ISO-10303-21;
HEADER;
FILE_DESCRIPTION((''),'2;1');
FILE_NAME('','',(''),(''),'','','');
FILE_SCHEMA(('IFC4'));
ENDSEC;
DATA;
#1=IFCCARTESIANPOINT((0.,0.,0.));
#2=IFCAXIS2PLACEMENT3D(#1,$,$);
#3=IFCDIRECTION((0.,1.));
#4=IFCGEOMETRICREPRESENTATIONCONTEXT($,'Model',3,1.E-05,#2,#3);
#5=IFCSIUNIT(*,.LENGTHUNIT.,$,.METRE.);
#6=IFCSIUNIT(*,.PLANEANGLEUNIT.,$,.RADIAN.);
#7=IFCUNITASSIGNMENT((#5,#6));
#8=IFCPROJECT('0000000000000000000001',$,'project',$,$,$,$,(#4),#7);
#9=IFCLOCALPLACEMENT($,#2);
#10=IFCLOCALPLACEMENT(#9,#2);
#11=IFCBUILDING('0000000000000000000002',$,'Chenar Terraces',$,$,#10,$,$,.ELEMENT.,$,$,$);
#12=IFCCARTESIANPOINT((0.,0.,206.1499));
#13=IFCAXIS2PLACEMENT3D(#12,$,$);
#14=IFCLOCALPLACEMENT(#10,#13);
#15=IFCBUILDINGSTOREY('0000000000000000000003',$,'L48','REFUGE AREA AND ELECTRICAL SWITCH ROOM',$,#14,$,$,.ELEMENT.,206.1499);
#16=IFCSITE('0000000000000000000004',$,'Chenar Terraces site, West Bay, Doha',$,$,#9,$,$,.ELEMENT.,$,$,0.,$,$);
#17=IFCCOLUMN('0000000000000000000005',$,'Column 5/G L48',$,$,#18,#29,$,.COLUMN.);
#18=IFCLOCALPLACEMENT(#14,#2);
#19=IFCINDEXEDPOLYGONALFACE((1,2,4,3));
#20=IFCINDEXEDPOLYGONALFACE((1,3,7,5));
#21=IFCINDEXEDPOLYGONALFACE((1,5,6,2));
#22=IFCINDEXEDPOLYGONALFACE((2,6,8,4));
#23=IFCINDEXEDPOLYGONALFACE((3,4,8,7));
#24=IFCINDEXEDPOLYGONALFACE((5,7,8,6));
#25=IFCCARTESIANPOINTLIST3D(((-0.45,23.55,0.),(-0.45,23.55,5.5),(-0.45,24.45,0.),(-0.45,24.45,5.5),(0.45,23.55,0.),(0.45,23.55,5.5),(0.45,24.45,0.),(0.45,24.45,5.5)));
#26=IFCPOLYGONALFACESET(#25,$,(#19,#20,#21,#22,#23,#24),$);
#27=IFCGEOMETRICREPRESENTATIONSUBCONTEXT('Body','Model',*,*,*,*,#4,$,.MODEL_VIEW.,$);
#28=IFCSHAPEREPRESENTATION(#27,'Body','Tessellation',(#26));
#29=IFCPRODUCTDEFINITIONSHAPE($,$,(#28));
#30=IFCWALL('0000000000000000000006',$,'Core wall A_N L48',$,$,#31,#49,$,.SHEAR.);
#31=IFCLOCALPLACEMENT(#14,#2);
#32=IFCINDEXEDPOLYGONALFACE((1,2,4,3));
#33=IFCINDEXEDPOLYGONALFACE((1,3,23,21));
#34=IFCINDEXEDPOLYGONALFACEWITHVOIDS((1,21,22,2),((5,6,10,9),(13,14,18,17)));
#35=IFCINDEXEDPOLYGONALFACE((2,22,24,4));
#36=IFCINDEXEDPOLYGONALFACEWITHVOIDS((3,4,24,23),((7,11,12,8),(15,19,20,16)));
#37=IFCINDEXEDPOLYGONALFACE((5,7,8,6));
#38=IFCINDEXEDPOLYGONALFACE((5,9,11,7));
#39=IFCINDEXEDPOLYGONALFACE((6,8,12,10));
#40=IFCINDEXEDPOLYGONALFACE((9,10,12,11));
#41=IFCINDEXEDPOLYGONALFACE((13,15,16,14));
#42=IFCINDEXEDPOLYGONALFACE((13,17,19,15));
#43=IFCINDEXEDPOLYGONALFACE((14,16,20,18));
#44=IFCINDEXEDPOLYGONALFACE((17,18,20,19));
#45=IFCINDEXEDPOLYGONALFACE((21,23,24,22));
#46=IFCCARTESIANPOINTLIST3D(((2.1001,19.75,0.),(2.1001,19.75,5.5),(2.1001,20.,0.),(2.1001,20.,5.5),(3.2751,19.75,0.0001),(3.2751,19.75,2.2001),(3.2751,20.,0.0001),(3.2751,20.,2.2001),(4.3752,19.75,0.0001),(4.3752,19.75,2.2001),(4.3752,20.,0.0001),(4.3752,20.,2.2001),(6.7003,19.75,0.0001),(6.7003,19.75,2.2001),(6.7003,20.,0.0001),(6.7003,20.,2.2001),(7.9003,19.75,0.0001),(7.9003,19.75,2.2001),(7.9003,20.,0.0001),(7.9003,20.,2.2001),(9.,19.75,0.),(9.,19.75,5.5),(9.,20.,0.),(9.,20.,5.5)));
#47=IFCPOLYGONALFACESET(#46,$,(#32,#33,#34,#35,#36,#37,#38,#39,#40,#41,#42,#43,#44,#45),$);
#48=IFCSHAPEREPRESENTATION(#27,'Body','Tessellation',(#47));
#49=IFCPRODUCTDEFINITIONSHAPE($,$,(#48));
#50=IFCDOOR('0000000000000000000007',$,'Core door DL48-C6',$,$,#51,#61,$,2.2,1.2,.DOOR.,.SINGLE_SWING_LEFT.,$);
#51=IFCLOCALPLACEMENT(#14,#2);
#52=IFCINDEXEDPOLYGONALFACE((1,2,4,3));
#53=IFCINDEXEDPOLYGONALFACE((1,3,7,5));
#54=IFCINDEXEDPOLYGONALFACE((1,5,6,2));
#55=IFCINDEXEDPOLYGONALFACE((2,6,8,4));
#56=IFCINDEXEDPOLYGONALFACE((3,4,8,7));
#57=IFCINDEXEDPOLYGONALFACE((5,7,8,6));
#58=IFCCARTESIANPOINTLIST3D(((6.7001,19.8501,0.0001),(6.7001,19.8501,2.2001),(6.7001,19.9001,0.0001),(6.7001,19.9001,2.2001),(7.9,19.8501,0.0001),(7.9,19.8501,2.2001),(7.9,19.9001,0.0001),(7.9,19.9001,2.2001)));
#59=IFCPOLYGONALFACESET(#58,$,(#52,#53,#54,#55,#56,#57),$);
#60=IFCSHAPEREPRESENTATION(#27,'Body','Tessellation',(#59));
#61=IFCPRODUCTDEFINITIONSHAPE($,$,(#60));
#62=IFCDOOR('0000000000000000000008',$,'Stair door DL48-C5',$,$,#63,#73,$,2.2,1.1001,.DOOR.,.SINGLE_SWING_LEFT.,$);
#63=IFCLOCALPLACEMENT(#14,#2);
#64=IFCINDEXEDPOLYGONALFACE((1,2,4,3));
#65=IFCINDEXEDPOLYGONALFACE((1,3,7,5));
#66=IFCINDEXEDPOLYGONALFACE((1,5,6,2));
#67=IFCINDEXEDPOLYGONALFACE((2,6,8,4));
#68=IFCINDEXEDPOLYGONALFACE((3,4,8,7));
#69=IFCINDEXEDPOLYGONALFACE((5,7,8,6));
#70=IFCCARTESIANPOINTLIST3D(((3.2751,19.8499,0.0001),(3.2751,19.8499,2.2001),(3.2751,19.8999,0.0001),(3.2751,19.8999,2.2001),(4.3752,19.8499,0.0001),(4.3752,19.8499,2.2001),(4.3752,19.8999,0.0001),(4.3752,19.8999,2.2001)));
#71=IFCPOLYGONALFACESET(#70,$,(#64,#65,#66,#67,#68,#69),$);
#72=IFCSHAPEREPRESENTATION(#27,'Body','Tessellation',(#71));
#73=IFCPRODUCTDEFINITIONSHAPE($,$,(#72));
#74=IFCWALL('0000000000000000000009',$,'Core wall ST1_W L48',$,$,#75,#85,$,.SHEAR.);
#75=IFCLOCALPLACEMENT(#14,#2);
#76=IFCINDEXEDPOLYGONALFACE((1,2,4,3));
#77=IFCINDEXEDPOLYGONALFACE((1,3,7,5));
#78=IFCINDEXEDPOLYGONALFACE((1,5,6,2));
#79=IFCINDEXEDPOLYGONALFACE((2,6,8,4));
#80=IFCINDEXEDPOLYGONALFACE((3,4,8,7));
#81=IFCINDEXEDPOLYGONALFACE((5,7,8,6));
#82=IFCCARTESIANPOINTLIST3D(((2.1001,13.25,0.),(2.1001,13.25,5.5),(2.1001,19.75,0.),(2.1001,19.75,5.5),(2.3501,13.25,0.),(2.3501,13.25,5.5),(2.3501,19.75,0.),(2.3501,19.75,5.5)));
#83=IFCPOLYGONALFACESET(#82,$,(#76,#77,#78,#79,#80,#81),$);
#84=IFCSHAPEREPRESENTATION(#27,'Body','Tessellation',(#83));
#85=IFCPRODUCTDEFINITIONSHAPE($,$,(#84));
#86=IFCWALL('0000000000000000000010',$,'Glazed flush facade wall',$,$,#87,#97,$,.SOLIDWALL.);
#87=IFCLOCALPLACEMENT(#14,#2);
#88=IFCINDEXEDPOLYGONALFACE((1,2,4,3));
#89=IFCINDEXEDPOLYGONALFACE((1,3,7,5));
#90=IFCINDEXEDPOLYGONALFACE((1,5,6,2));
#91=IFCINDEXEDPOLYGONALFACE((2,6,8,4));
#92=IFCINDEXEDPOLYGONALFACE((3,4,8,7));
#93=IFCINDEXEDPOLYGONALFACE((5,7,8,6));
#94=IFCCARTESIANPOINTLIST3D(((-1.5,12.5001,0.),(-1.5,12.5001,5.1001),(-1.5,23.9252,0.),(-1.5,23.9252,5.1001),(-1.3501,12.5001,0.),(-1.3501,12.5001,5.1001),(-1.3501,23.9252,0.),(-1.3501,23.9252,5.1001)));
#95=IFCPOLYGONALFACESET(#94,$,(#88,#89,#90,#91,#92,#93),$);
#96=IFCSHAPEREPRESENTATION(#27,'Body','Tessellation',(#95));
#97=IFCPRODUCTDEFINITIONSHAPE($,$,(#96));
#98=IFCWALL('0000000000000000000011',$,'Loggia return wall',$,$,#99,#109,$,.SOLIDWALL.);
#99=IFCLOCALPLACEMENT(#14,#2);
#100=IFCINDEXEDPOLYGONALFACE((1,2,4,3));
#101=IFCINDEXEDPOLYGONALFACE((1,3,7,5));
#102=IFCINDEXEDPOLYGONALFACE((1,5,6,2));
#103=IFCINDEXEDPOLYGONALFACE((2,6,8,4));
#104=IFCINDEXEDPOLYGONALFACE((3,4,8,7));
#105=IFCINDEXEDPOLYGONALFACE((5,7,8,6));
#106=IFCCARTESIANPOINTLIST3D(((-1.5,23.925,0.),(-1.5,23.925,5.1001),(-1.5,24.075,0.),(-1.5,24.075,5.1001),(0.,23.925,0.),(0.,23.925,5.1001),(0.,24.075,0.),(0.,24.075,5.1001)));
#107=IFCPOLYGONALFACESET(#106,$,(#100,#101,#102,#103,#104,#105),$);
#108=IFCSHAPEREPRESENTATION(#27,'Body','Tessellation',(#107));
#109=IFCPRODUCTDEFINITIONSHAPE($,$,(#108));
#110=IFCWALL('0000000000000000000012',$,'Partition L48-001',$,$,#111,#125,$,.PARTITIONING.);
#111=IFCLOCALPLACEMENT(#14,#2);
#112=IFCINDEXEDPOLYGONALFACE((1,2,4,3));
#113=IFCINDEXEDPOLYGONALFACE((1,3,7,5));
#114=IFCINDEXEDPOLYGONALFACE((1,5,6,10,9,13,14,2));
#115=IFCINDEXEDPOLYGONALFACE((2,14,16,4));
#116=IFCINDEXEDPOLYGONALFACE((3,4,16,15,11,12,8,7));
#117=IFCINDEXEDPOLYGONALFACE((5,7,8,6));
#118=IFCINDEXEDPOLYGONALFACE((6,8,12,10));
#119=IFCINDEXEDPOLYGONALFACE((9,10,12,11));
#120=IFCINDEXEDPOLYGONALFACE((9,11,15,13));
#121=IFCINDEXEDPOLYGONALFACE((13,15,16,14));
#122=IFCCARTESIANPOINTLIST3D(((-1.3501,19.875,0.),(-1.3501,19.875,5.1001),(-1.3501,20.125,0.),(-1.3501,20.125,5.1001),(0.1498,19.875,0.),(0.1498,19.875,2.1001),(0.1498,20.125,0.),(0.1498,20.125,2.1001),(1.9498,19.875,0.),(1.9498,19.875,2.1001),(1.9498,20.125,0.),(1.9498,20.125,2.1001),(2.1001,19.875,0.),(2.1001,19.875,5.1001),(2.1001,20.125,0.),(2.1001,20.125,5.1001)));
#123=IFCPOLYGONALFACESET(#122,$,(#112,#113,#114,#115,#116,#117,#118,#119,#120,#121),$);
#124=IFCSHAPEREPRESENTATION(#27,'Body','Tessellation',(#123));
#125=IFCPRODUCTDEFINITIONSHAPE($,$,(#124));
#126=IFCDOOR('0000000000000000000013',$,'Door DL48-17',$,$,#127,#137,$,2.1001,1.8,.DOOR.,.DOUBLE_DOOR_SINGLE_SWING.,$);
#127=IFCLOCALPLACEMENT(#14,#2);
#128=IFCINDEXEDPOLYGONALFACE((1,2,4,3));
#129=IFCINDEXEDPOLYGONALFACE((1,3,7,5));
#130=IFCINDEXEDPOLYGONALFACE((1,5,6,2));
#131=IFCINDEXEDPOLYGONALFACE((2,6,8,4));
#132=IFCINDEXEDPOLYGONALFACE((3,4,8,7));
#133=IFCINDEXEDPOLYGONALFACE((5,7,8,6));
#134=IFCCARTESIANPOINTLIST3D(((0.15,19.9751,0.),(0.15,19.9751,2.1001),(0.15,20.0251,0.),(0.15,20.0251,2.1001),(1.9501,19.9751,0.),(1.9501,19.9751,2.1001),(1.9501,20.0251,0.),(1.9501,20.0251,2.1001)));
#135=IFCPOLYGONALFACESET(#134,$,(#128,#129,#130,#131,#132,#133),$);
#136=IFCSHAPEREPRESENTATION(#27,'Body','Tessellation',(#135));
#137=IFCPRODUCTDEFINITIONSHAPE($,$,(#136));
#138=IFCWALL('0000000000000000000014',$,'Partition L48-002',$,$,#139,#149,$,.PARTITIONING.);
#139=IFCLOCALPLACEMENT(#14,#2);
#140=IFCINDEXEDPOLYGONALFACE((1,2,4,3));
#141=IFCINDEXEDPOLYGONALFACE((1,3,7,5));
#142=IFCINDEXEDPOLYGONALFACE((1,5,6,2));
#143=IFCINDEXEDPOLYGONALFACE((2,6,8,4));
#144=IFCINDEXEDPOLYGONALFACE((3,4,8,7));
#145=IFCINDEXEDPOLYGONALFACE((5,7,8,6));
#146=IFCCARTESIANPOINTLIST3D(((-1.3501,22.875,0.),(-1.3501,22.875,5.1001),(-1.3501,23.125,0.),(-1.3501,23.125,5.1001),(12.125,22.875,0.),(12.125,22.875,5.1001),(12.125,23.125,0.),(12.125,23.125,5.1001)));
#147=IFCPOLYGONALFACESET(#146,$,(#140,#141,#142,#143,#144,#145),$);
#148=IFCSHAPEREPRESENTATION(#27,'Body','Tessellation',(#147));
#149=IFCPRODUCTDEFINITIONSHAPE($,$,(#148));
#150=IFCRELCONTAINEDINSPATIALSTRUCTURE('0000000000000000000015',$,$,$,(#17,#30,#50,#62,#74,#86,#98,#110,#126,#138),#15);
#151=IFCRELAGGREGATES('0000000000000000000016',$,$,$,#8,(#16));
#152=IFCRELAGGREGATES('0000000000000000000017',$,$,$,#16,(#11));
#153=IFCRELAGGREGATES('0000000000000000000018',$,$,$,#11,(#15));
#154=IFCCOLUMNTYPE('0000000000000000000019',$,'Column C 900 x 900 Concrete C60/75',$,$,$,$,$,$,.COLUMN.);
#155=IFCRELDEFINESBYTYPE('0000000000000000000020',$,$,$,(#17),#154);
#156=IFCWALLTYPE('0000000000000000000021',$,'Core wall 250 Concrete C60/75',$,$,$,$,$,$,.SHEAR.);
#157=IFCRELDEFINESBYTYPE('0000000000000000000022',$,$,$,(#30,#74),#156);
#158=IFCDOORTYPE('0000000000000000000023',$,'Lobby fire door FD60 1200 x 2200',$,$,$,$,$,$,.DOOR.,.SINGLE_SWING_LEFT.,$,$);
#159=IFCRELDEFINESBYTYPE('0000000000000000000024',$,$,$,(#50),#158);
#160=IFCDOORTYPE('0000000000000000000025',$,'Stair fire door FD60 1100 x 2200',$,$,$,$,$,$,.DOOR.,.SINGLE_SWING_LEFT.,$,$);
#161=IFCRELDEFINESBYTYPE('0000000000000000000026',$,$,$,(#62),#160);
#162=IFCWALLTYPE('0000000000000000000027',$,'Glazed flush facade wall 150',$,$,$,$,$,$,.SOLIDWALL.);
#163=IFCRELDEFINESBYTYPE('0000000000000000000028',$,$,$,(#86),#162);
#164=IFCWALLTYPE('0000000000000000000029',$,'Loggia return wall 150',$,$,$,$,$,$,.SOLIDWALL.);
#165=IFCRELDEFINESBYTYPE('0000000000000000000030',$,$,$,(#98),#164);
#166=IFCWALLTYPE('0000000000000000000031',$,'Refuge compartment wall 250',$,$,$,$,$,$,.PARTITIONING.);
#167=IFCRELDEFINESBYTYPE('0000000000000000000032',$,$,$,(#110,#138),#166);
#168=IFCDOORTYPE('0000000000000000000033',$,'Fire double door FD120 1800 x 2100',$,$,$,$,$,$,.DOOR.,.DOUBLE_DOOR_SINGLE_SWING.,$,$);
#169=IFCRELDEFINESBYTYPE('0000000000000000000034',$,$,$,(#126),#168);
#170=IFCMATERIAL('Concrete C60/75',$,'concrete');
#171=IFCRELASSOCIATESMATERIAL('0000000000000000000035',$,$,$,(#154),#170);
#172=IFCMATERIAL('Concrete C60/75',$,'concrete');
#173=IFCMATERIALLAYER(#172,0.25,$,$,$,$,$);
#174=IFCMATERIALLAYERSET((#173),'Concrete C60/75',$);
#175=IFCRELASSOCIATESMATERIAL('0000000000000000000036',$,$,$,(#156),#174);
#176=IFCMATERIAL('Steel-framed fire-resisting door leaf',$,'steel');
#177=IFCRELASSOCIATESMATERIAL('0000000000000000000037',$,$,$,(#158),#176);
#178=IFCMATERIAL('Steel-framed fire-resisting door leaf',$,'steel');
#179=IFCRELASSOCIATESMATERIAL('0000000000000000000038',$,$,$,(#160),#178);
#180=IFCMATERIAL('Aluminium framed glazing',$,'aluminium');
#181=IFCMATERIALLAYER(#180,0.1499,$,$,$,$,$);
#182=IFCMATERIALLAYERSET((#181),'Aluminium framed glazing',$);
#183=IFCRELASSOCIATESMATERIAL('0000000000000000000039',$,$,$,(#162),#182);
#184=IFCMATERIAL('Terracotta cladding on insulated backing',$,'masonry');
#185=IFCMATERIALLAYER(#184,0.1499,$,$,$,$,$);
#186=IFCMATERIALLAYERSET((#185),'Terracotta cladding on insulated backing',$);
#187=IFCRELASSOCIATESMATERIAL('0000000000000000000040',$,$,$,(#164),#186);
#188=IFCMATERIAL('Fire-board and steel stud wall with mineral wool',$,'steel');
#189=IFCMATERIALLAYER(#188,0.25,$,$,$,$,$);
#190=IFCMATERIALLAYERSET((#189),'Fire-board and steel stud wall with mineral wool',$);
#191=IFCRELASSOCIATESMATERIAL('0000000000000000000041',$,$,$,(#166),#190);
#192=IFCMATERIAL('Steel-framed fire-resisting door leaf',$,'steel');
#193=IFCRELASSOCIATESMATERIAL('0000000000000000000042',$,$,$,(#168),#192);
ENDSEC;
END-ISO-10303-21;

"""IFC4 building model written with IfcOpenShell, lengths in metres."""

from ifc_helpers import new_model, si_unit, direction, frame, frame_2d, origin, origin_2d, place, context, subcontext, project, spatial, rectangle, extrude, material, layer, layer_set, material_profile, profile_set, type_object, element, fill, save


model = new_model("IFC4")

# Units and contexts
model_context = context("Model", 3, precision=1e-05, world=origin(), true_north=direction((0.0, 1.0)))
body_context = subcontext(model_context, "Body", "Model", "MODEL_VIEW")
ifc_project = project(units=[si_unit("LENGTHUNIT", "METRE"), si_unit("PLANEANGLEUNIT", "RADIAN")], contexts=[model_context])

# Site, building, storey
site_placement = place(None, origin())
site = spatial("IfcSite", under=ifc_project, at=site_placement, Name="Chenar Terraces site, West Bay, Doha", CompositionType="ELEMENT", RefElevation=0.0)
building_placement = place(site_placement, origin())
building = spatial("IfcBuilding", under=site, at=building_placement, Name="Chenar Terraces", CompositionType="ELEMENT")
storey_placement = place(building_placement, frame((0.0, 0.0, 206.1499)))
storey = spatial("IfcBuildingStorey", under=building, at=storey_placement, Name="L48", Description="REFUGE AREA AND ELECTRICAL SWITCH ROOM", CompositionType="ELEMENT", Elevation=206.1499)

# Column
ifc_material_1 = material(Name="Concrete C60/75", Category="concrete")
ifc_material_profile_1 = material_profile(ifc_material_1, rectangle(XDim=0.8999, YDim=0.8999, at=origin_2d()), Name="C 900 x 900")
ifc_profile_set_1 = profile_set([ifc_material_profile_1], Name="Concrete C60/75")
column_type = type_object("IfcColumnType", Name="Column C 900 x 900 Concrete C60/75", PredefinedType="COLUMN", material=ifc_profile_set_1)
column_placement = place(storey_placement, frame((0.0, 24.0, 0.0), z_axis=(0.0, 0.0, 1.0), x_axis=(1.0, 0.0, 0.0)))
element("IfcColumn", 1, at=column_placement, inside=storey, type_object=column_type, Name="Column 5/G L48", PredefinedType="COLUMN", context=body_context, shape_type="SweptSolid", body=[
    extrude(rectangle(XDim=0.8999, YDim=0.8999, at=origin_2d()), origin(), (0.0, 0.0, 1.0), 5.5),
])

# Wall, openings, doors
ifc_material_2 = material(Name="Concrete C60/75", Category="concrete")
ifc_layer_1 = layer(ifc_material_2, 0.25)
ifc_layer_set_1 = layer_set([ifc_layer_1], Name="Concrete C60/75")
wall_type_1 = type_object("IfcWallType", Name="Core wall 250 Concrete C60/75", PredefinedType="SHEAR", material=ifc_layer_set_1)
wall_1_placement = place(storey_placement, frame((2.1001, 19.875, 0.0), z_axis=(0.0, 0.0, 1.0), x_axis=(1.0, 0.0, 0.0)))
wall_1 = element("IfcWall", 2, at=wall_1_placement, inside=storey, type_object=wall_type_1, Name="Core wall A_N L48", PredefinedType="SHEAR", context=body_context, shape_type="SweptSolid", body=[
    extrude(rectangle(XDim=6.8999, YDim=0.25, at=frame_2d((3.45, 0.0))), origin(), (0.0, 0.0, 1.0), 5.5),
])
opening_1_placement = place(wall_1_placement, frame((1.175, 0.0, 0.0)))
opening_1 = element("IfcOpeningElement", 3, at=opening_1_placement, cuts=wall_1, PredefinedType="OPENING", context=body_context, shape_type="SweptSolid", body=[
    extrude(rectangle(XDim=1.1001, YDim=2.2, at=frame_2d((0.55, 1.1001))), frame((0.0, 0.135, 0.0), z_axis=(0.0, -1.0, 0.0), x_axis=(1.0, 0.0, 0.0)), (0.0, 0.0, 1.0), 0.27),
])
opening_2_placement = place(wall_1_placement, frame((4.6001, 0.0, 0.0)))
opening_2 = element("IfcOpeningElement", 4, at=opening_2_placement, cuts=wall_1, PredefinedType="OPENING", context=body_context, shape_type="SweptSolid", body=[
    extrude(rectangle(XDim=1.2, YDim=2.2, at=frame_2d((0.6001, 1.1001))), frame((0.0, 0.135, 0.0), z_axis=(0.0, -1.0, 0.0), x_axis=(1.0, 0.0, 0.0)), (0.0, 0.0, 1.0), 0.27),
])
ifc_material_3 = material(Name="Steel-framed fire-resisting door leaf", Category="steel")
door_type_1 = type_object("IfcDoorType", Name="Lobby fire door FD60 1200 x 2200", OperationType="SINGLE_SWING_LEFT", PredefinedType="DOOR", material=ifc_material_3)
door_1_placement = place(opening_2_placement, frame((1.2, 0.0, 0.0), z_axis=(0.0, 0.0, 1.0), x_axis=(-1.0, 0.0, 0.0)))
door_1 = element("IfcDoor", 5, at=door_1_placement, inside=storey, type_object=door_type_1, Name="Core door DL48-C6", OperationType="SINGLE_SWING_LEFT", OverallHeight=2.2, OverallWidth=1.2, PredefinedType="DOOR", context=body_context, shape_type="SweptSolid", body=[
    extrude(rectangle(XDim=1.2, YDim=2.2, at=frame_2d((0.6001, 1.1001))), frame((0.0, 0.0249, 0.0), z_axis=(0.0, -1.0, 0.0), x_axis=(1.0, 0.0, 0.0)), (0.0, 0.0, 1.0), 0.05),
])
fill(opening_2, door_1)
ifc_material_4 = material(Name="Steel-framed fire-resisting door leaf", Category="steel")
door_type_2 = type_object("IfcDoorType", Name="Stair fire door FD60 1100 x 2200", OperationType="SINGLE_SWING_LEFT", PredefinedType="DOOR", material=ifc_material_4)
door_2_placement = place(opening_1_placement, origin())
door_2 = element("IfcDoor", 6, at=door_2_placement, inside=storey, type_object=door_type_2, Name="Stair door DL48-C5", OperationType="SINGLE_SWING_LEFT", OverallHeight=2.2, OverallWidth=1.1001, PredefinedType="DOOR", context=body_context, shape_type="SweptSolid", body=[
    extrude(rectangle(XDim=1.1001, YDim=2.2, at=frame_2d((0.55, 1.1001))), frame((0.0, 0.0249, 0.0), z_axis=(0.0, -1.0, 0.0), x_axis=(1.0, 0.0, 0.0)), (0.0, 0.0, 1.0), 0.05),
])
fill(opening_1, door_2)

# Walls
wall_2_placement = place(storey_placement, frame((2.2251, 13.25, 0.0), z_axis=(0.0, 0.0, 1.0), x_axis=(0.0, 1.0, 0.0)))
element("IfcWall", 7, at=wall_2_placement, inside=storey, type_object=wall_type_1, Name="Core wall ST1_W L48", PredefinedType="SHEAR", context=body_context, shape_type="SweptSolid", body=[
    extrude(rectangle(XDim=6.5, YDim=0.25, at=frame_2d((3.25, 0.0))), origin(), (0.0, 0.0, 1.0), 5.5),
])
ifc_material_5 = material(Name="Aluminium framed glazing", Category="aluminium")
ifc_layer_2 = layer(ifc_material_5, 0.1499)
ifc_layer_set_2 = layer_set([ifc_layer_2], Name="Aluminium framed glazing")
wall_type_2 = type_object("IfcWallType", Name="Glazed flush facade wall 150", PredefinedType="SOLIDWALL", material=ifc_layer_set_2)
wall_3_placement = place(storey_placement, frame((-1.425, 23.925, 0.0), z_axis=(0.0, 0.0, 1.0), x_axis=(0.0, -1.0, 0.0)))
element("IfcWall", 8, at=wall_3_placement, inside=storey, type_object=wall_type_2, Name="Glazed flush facade wall", PredefinedType="SOLIDWALL", context=body_context, shape_type="SweptSolid", body=[
    extrude(rectangle(XDim=11.425, YDim=0.1499, at=frame_2d((5.7124, 0.0))), origin(), (0.0, 0.0, 1.0), 5.1001),
])
ifc_material_6 = material(Name="Terracotta cladding on insulated backing", Category="masonry")
ifc_layer_3 = layer(ifc_material_6, 0.1499)
ifc_layer_set_3 = layer_set([ifc_layer_3], Name="Terracotta cladding on insulated backing")
wall_type_3 = type_object("IfcWallType", Name="Loggia return wall 150", PredefinedType="SOLIDWALL", material=ifc_layer_set_3)
wall_4_placement = place(storey_placement, frame((-1.5, 24.0, 0.0), z_axis=(0.0, 0.0, 1.0), x_axis=(1.0, 0.0, 0.0)))
element("IfcWall", 9, at=wall_4_placement, inside=storey, type_object=wall_type_3, Name="Loggia return wall", PredefinedType="SOLIDWALL", context=body_context, shape_type="SweptSolid", body=[
    extrude(rectangle(XDim=1.5, YDim=0.1499, at=frame_2d((0.75, 0.0))), origin(), (0.0, 0.0, 1.0), 5.1001),
])

# Wall, opening, door
ifc_material_7 = material(Name="Fire-board and steel stud wall with mineral wool", Category="steel")
ifc_layer_4 = layer(ifc_material_7, 0.25)
ifc_layer_set_4 = layer_set([ifc_layer_4], Name="Fire-board and steel stud wall with mineral wool")
wall_type_4 = type_object("IfcWallType", Name="Refuge compartment wall 250", PredefinedType="PARTITIONING", material=ifc_layer_set_4)
wall_5_placement = place(storey_placement, frame((-1.3501, 20.0, 0.0), z_axis=(0.0, 0.0, 1.0), x_axis=(1.0, 0.0, 0.0)))
wall_5 = element("IfcWall", 10, at=wall_5_placement, inside=storey, type_object=wall_type_4, Name="Partition L48-001", PredefinedType="PARTITIONING", context=body_context, shape_type="SweptSolid", body=[
    extrude(rectangle(XDim=3.4502, YDim=0.25, at=frame_2d((1.7251, 0.0))), origin(), (0.0, 0.0, 1.0), 5.1001),
])
opening_3_placement = place(wall_5_placement, frame((1.5, 0.0, 0.0)))
opening_3 = element("IfcOpeningElement", 11, at=opening_3_placement, cuts=wall_5, PredefinedType="OPENING", context=body_context, shape_type="SweptSolid", body=[
    extrude(rectangle(XDim=1.8, YDim=2.1001, at=frame_2d((0.8999, 1.05))), frame((0.0, 0.135, 0.0), z_axis=(0.0, -1.0, 0.0), x_axis=(1.0, 0.0, 0.0)), (0.0, 0.0, 1.0), 0.27),
])
ifc_material_8 = material(Name="Steel-framed fire-resisting door leaf", Category="steel")
door_type_3 = type_object("IfcDoorType", Name="Fire double door FD120 1800 x 2100", OperationType="DOUBLE_DOOR_SINGLE_SWING", PredefinedType="DOOR", material=ifc_material_8)
door_3_placement = place(opening_3_placement, frame((1.8, 0.0, 0.0), z_axis=(0.0, 0.0, 1.0), x_axis=(-1.0, 0.0, 0.0)))
door_3 = element("IfcDoor", 12, at=door_3_placement, inside=storey, type_object=door_type_3, Name="Door DL48-17", OperationType="DOUBLE_DOOR_SINGLE_SWING", OverallHeight=2.1001, OverallWidth=1.8, PredefinedType="DOOR", context=body_context, shape_type="SweptSolid", body=[
    extrude(rectangle(XDim=1.8, YDim=2.1001, at=frame_2d((0.8999, 1.05))), frame((0.0, 0.0249, 0.0), z_axis=(0.0, -1.0, 0.0), x_axis=(1.0, 0.0, 0.0)), (0.0, 0.0, 1.0), 0.05),
])
fill(opening_3, door_3)

# Wall
wall_6_placement = place(storey_placement, frame((-1.3501, 23.0, 0.0), z_axis=(0.0, 0.0, 1.0), x_axis=(1.0, 0.0, 0.0)))
element("IfcWall", 13, at=wall_6_placement, inside=storey, type_object=wall_type_4, Name="Partition L48-002", PredefinedType="PARTITIONING", context=body_context, shape_type="SweptSolid", body=[
    extrude(rectangle(XDim=13.4751, YDim=0.25, at=frame_2d((6.7375, 0.0))), origin(), (0.0, 0.0, 1.0), 5.1001),
])

save(model, "model.ifc")
